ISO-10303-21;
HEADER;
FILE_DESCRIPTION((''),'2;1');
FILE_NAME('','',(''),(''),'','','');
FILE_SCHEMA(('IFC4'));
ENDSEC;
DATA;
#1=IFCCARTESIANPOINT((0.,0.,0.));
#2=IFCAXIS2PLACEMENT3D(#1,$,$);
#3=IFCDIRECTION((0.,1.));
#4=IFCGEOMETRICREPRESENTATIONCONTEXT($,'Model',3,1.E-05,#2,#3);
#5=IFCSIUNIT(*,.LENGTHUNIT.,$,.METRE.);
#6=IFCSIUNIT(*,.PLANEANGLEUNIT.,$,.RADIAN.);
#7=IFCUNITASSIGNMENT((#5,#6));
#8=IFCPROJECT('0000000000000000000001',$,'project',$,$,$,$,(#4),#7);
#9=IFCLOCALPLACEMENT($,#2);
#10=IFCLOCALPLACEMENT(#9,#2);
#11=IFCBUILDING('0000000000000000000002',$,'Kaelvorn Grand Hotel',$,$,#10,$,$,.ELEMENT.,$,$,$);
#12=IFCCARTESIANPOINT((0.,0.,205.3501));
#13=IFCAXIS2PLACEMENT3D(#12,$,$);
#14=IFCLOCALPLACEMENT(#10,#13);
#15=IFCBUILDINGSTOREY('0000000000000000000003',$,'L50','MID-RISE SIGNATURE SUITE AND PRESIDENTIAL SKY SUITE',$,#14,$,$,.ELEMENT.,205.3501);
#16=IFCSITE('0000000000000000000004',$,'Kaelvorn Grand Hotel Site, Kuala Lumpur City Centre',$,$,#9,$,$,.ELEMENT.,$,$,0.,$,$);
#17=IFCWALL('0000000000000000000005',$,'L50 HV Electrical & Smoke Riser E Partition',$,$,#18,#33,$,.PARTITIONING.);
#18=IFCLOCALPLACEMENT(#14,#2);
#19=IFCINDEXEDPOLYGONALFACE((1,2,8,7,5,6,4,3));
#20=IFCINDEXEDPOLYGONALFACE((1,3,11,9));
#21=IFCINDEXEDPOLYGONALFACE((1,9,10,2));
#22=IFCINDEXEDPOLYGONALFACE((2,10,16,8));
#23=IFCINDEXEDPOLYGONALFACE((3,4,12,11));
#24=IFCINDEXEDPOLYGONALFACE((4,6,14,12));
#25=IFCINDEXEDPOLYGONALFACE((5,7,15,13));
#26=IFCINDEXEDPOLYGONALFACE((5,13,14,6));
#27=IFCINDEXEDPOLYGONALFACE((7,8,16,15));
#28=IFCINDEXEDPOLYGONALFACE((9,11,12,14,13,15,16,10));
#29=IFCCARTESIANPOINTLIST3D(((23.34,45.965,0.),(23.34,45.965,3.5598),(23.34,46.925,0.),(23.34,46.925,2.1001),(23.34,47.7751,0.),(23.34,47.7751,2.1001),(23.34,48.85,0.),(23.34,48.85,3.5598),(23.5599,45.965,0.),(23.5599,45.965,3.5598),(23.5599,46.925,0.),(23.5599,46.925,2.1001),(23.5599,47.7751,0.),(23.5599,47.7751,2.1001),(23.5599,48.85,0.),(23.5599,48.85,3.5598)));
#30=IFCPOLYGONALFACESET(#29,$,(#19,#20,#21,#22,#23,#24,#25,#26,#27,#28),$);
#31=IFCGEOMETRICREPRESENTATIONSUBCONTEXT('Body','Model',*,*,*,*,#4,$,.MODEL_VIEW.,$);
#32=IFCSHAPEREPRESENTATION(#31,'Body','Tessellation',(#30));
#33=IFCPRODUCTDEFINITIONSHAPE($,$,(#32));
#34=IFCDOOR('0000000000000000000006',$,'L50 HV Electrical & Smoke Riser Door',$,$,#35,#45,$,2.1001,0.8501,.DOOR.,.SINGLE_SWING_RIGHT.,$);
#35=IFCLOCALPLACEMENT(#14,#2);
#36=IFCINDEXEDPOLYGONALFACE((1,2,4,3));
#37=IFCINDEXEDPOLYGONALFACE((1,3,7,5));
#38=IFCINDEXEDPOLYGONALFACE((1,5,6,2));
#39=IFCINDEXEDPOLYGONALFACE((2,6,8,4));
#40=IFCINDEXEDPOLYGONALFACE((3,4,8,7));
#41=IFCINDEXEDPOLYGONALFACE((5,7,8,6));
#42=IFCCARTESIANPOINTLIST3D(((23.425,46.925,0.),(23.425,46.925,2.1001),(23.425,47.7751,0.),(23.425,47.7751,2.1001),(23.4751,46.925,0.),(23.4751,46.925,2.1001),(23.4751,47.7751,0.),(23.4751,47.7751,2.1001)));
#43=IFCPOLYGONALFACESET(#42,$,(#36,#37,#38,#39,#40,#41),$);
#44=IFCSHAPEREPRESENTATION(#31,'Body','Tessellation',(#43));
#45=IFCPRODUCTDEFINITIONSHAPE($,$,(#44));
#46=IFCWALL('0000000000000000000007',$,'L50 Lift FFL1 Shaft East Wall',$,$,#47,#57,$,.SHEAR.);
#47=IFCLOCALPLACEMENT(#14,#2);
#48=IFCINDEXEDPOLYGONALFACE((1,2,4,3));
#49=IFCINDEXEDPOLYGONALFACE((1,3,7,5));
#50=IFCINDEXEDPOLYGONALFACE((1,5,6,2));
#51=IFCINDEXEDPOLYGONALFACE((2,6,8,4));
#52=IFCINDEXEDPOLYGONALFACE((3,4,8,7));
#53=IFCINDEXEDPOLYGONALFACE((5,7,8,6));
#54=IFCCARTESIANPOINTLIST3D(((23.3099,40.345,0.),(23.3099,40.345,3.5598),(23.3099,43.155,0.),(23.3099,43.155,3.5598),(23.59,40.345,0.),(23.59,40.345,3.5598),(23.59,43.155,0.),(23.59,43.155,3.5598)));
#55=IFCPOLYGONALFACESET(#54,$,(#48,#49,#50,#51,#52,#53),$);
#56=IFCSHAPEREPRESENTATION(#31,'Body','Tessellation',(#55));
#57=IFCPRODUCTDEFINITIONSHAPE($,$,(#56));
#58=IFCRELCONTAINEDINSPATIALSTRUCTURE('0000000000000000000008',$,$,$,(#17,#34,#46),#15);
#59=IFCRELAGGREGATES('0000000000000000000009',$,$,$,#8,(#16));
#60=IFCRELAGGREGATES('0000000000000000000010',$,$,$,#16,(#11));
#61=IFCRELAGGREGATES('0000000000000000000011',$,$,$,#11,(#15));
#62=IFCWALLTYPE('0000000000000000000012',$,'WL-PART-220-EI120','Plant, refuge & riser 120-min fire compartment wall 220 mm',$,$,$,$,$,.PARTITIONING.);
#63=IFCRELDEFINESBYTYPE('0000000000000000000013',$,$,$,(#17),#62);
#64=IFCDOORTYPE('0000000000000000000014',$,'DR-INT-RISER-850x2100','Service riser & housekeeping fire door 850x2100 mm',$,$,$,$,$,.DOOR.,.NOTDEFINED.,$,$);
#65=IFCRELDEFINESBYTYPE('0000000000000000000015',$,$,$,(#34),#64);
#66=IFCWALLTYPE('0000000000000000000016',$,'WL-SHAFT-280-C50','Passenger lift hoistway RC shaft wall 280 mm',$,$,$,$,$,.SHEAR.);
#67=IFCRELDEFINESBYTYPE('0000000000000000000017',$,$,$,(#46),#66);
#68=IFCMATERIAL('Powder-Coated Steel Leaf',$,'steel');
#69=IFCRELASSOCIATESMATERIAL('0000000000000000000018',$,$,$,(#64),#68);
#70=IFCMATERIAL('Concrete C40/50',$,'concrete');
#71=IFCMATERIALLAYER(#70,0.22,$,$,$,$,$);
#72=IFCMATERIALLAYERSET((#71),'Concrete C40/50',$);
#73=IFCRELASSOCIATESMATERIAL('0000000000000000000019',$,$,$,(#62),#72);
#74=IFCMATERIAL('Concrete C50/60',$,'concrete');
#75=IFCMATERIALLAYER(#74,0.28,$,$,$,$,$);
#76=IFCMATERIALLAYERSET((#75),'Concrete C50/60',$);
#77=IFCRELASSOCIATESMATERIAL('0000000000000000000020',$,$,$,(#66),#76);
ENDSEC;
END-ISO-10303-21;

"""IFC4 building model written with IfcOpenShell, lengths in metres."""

from ifc_helpers import new_model, si_unit, direction, frame, frame_2d, origin, place, context, subcontext, project, spatial, rectangle, extrude, material, layer, layer_set, type_object, element, fill, save


model = new_model("IFC4")

# Units and contexts
model_context = context("Model", 3, precision=1e-05, world=origin(), true_north=direction((0.0, 1.0)))
body_context = subcontext(model_context, "Body", "Model", "MODEL_VIEW")
ifc_project = project(units=[si_unit("LENGTHUNIT", "METRE"), si_unit("PLANEANGLEUNIT", "RADIAN")], contexts=[model_context])

# Site, building, storey
site_placement = place(None, origin())
site = spatial("IfcSite", under=ifc_project, at=site_placement, Name="Kaelvorn Grand Hotel Site, Kuala Lumpur City Centre", CompositionType="ELEMENT", RefElevation=0.0)
building_placement = place(site_placement, origin())
building = spatial("IfcBuilding", under=site, at=building_placement, Name="Kaelvorn Grand Hotel", CompositionType="ELEMENT")
storey_placement = place(building_placement, frame((0.0, 0.0, 205.3501)))
storey = spatial("IfcBuildingStorey", under=building, at=storey_placement, Name="L50", Description="MID-RISE SIGNATURE SUITE AND PRESIDENTIAL SKY SUITE", CompositionType="ELEMENT", Elevation=205.3501)

# Shared definitions
ifc_material_1 = material(Name="Concrete C50/60", Category="concrete")

# Shared definitions
ifc_material_2 = material(Name="Powder-Coated Steel Leaf", Category="steel")
door_type_1 = type_object("IfcDoorType", Name="DR-INT-RISER-850x2100", Description="Service riser & housekeeping fire door 850x2100 mm", OperationType="NOTDEFINED", PredefinedType="DOOR", material=ifc_material_2)

# Shared definitions
ifc_material_3 = material(Name="Concrete C40/50", Category="concrete")
ifc_layer_1 = layer(ifc_material_3, 0.22)
ifc_layer_set_1 = layer_set([ifc_layer_1], Name="Concrete C40/50")
wall_type_1 = type_object("IfcWallType", Name="WL-PART-220-EI120", Description="Plant, refuge & riser 120-min fire compartment wall 220 mm", PredefinedType="PARTITIONING", material=ifc_layer_set_1)

# Wall, opening, door
wall_1_placement = place(storey_placement, frame((23.45, 45.9651, 0.0), z_axis=(0.0, 0.0, 1.0), x_axis=(0.0, 1.0, 0.0)))
wall_1 = element("IfcWall", 1, at=wall_1_placement, inside=storey, type_object=wall_type_1, Name="L50 HV Electrical & Smoke Riser E Partition", PredefinedType="PARTITIONING", context=body_context, shape_type="SweptSolid", body=[
    extrude(rectangle(XDim=2.885, YDim=0.22, at=frame_2d((1.4424, 0.0))), origin(), (0.0, 0.0, 1.0), 3.5598),
])
opening_1_placement = place(wall_1_placement, frame((0.96, 0.0, 0.0)))
opening_1 = element("IfcOpeningElement", 2, at=opening_1_placement, cuts=wall_1, PredefinedType="OPENING", context=body_context, shape_type="SweptSolid", body=[
    extrude(rectangle(XDim=0.8501, YDim=2.1001, at=frame_2d((0.425, 1.05))), frame((0.0, 0.1201, 0.0), z_axis=(0.0, -1.0, 0.0), x_axis=(1.0, 0.0, 0.0)), (0.0, 0.0, 1.0), 0.24),
])
door_1_placement = place(opening_1_placement, origin())
door_1 = element("IfcDoor", 3, at=door_1_placement, inside=storey, type_object=door_type_1, Name="L50 HV Electrical & Smoke Riser Door", OperationType="SINGLE_SWING_RIGHT", OverallHeight=2.1001, OverallWidth=0.8501, PredefinedType="DOOR", context=body_context, shape_type="SweptSolid", body=[
    extrude(rectangle(XDim=0.8501, YDim=2.1001, at=frame_2d((0.425, 1.05))), frame((0.0, 0.0249, 0.0), z_axis=(0.0, -1.0, 0.0), x_axis=(1.0, 0.0, 0.0)), (0.0, 0.0, 1.0), 0.05),
])
fill(opening_1, door_1)

# Wall
ifc_layer_2 = layer(ifc_material_1, 0.28)
ifc_layer_set_2 = layer_set([ifc_layer_2], Name="Concrete C50/60")
wall_type_2 = type_object("IfcWallType", Name="WL-SHAFT-280-C50", Description="Passenger lift hoistway RC shaft wall 280 mm", PredefinedType="SHEAR", material=ifc_layer_set_2)
wall_2_placement = place(storey_placement, frame((23.45, 40.345, 0.0), z_axis=(0.0, 0.0, 1.0), x_axis=(0.0, 1.0, 0.0)))
element("IfcWall", 4, at=wall_2_placement, inside=storey, type_object=wall_type_2, Name="L50 Lift FFL1 Shaft East Wall", PredefinedType="SHEAR", context=body_context, shape_type="SweptSolid", body=[
    extrude(rectangle(XDim=2.8101, YDim=0.28, at=frame_2d((1.405, 0.0))), origin(), (0.0, 0.0, 1.0), 3.5598),
])

save(model, "model.ifc")
